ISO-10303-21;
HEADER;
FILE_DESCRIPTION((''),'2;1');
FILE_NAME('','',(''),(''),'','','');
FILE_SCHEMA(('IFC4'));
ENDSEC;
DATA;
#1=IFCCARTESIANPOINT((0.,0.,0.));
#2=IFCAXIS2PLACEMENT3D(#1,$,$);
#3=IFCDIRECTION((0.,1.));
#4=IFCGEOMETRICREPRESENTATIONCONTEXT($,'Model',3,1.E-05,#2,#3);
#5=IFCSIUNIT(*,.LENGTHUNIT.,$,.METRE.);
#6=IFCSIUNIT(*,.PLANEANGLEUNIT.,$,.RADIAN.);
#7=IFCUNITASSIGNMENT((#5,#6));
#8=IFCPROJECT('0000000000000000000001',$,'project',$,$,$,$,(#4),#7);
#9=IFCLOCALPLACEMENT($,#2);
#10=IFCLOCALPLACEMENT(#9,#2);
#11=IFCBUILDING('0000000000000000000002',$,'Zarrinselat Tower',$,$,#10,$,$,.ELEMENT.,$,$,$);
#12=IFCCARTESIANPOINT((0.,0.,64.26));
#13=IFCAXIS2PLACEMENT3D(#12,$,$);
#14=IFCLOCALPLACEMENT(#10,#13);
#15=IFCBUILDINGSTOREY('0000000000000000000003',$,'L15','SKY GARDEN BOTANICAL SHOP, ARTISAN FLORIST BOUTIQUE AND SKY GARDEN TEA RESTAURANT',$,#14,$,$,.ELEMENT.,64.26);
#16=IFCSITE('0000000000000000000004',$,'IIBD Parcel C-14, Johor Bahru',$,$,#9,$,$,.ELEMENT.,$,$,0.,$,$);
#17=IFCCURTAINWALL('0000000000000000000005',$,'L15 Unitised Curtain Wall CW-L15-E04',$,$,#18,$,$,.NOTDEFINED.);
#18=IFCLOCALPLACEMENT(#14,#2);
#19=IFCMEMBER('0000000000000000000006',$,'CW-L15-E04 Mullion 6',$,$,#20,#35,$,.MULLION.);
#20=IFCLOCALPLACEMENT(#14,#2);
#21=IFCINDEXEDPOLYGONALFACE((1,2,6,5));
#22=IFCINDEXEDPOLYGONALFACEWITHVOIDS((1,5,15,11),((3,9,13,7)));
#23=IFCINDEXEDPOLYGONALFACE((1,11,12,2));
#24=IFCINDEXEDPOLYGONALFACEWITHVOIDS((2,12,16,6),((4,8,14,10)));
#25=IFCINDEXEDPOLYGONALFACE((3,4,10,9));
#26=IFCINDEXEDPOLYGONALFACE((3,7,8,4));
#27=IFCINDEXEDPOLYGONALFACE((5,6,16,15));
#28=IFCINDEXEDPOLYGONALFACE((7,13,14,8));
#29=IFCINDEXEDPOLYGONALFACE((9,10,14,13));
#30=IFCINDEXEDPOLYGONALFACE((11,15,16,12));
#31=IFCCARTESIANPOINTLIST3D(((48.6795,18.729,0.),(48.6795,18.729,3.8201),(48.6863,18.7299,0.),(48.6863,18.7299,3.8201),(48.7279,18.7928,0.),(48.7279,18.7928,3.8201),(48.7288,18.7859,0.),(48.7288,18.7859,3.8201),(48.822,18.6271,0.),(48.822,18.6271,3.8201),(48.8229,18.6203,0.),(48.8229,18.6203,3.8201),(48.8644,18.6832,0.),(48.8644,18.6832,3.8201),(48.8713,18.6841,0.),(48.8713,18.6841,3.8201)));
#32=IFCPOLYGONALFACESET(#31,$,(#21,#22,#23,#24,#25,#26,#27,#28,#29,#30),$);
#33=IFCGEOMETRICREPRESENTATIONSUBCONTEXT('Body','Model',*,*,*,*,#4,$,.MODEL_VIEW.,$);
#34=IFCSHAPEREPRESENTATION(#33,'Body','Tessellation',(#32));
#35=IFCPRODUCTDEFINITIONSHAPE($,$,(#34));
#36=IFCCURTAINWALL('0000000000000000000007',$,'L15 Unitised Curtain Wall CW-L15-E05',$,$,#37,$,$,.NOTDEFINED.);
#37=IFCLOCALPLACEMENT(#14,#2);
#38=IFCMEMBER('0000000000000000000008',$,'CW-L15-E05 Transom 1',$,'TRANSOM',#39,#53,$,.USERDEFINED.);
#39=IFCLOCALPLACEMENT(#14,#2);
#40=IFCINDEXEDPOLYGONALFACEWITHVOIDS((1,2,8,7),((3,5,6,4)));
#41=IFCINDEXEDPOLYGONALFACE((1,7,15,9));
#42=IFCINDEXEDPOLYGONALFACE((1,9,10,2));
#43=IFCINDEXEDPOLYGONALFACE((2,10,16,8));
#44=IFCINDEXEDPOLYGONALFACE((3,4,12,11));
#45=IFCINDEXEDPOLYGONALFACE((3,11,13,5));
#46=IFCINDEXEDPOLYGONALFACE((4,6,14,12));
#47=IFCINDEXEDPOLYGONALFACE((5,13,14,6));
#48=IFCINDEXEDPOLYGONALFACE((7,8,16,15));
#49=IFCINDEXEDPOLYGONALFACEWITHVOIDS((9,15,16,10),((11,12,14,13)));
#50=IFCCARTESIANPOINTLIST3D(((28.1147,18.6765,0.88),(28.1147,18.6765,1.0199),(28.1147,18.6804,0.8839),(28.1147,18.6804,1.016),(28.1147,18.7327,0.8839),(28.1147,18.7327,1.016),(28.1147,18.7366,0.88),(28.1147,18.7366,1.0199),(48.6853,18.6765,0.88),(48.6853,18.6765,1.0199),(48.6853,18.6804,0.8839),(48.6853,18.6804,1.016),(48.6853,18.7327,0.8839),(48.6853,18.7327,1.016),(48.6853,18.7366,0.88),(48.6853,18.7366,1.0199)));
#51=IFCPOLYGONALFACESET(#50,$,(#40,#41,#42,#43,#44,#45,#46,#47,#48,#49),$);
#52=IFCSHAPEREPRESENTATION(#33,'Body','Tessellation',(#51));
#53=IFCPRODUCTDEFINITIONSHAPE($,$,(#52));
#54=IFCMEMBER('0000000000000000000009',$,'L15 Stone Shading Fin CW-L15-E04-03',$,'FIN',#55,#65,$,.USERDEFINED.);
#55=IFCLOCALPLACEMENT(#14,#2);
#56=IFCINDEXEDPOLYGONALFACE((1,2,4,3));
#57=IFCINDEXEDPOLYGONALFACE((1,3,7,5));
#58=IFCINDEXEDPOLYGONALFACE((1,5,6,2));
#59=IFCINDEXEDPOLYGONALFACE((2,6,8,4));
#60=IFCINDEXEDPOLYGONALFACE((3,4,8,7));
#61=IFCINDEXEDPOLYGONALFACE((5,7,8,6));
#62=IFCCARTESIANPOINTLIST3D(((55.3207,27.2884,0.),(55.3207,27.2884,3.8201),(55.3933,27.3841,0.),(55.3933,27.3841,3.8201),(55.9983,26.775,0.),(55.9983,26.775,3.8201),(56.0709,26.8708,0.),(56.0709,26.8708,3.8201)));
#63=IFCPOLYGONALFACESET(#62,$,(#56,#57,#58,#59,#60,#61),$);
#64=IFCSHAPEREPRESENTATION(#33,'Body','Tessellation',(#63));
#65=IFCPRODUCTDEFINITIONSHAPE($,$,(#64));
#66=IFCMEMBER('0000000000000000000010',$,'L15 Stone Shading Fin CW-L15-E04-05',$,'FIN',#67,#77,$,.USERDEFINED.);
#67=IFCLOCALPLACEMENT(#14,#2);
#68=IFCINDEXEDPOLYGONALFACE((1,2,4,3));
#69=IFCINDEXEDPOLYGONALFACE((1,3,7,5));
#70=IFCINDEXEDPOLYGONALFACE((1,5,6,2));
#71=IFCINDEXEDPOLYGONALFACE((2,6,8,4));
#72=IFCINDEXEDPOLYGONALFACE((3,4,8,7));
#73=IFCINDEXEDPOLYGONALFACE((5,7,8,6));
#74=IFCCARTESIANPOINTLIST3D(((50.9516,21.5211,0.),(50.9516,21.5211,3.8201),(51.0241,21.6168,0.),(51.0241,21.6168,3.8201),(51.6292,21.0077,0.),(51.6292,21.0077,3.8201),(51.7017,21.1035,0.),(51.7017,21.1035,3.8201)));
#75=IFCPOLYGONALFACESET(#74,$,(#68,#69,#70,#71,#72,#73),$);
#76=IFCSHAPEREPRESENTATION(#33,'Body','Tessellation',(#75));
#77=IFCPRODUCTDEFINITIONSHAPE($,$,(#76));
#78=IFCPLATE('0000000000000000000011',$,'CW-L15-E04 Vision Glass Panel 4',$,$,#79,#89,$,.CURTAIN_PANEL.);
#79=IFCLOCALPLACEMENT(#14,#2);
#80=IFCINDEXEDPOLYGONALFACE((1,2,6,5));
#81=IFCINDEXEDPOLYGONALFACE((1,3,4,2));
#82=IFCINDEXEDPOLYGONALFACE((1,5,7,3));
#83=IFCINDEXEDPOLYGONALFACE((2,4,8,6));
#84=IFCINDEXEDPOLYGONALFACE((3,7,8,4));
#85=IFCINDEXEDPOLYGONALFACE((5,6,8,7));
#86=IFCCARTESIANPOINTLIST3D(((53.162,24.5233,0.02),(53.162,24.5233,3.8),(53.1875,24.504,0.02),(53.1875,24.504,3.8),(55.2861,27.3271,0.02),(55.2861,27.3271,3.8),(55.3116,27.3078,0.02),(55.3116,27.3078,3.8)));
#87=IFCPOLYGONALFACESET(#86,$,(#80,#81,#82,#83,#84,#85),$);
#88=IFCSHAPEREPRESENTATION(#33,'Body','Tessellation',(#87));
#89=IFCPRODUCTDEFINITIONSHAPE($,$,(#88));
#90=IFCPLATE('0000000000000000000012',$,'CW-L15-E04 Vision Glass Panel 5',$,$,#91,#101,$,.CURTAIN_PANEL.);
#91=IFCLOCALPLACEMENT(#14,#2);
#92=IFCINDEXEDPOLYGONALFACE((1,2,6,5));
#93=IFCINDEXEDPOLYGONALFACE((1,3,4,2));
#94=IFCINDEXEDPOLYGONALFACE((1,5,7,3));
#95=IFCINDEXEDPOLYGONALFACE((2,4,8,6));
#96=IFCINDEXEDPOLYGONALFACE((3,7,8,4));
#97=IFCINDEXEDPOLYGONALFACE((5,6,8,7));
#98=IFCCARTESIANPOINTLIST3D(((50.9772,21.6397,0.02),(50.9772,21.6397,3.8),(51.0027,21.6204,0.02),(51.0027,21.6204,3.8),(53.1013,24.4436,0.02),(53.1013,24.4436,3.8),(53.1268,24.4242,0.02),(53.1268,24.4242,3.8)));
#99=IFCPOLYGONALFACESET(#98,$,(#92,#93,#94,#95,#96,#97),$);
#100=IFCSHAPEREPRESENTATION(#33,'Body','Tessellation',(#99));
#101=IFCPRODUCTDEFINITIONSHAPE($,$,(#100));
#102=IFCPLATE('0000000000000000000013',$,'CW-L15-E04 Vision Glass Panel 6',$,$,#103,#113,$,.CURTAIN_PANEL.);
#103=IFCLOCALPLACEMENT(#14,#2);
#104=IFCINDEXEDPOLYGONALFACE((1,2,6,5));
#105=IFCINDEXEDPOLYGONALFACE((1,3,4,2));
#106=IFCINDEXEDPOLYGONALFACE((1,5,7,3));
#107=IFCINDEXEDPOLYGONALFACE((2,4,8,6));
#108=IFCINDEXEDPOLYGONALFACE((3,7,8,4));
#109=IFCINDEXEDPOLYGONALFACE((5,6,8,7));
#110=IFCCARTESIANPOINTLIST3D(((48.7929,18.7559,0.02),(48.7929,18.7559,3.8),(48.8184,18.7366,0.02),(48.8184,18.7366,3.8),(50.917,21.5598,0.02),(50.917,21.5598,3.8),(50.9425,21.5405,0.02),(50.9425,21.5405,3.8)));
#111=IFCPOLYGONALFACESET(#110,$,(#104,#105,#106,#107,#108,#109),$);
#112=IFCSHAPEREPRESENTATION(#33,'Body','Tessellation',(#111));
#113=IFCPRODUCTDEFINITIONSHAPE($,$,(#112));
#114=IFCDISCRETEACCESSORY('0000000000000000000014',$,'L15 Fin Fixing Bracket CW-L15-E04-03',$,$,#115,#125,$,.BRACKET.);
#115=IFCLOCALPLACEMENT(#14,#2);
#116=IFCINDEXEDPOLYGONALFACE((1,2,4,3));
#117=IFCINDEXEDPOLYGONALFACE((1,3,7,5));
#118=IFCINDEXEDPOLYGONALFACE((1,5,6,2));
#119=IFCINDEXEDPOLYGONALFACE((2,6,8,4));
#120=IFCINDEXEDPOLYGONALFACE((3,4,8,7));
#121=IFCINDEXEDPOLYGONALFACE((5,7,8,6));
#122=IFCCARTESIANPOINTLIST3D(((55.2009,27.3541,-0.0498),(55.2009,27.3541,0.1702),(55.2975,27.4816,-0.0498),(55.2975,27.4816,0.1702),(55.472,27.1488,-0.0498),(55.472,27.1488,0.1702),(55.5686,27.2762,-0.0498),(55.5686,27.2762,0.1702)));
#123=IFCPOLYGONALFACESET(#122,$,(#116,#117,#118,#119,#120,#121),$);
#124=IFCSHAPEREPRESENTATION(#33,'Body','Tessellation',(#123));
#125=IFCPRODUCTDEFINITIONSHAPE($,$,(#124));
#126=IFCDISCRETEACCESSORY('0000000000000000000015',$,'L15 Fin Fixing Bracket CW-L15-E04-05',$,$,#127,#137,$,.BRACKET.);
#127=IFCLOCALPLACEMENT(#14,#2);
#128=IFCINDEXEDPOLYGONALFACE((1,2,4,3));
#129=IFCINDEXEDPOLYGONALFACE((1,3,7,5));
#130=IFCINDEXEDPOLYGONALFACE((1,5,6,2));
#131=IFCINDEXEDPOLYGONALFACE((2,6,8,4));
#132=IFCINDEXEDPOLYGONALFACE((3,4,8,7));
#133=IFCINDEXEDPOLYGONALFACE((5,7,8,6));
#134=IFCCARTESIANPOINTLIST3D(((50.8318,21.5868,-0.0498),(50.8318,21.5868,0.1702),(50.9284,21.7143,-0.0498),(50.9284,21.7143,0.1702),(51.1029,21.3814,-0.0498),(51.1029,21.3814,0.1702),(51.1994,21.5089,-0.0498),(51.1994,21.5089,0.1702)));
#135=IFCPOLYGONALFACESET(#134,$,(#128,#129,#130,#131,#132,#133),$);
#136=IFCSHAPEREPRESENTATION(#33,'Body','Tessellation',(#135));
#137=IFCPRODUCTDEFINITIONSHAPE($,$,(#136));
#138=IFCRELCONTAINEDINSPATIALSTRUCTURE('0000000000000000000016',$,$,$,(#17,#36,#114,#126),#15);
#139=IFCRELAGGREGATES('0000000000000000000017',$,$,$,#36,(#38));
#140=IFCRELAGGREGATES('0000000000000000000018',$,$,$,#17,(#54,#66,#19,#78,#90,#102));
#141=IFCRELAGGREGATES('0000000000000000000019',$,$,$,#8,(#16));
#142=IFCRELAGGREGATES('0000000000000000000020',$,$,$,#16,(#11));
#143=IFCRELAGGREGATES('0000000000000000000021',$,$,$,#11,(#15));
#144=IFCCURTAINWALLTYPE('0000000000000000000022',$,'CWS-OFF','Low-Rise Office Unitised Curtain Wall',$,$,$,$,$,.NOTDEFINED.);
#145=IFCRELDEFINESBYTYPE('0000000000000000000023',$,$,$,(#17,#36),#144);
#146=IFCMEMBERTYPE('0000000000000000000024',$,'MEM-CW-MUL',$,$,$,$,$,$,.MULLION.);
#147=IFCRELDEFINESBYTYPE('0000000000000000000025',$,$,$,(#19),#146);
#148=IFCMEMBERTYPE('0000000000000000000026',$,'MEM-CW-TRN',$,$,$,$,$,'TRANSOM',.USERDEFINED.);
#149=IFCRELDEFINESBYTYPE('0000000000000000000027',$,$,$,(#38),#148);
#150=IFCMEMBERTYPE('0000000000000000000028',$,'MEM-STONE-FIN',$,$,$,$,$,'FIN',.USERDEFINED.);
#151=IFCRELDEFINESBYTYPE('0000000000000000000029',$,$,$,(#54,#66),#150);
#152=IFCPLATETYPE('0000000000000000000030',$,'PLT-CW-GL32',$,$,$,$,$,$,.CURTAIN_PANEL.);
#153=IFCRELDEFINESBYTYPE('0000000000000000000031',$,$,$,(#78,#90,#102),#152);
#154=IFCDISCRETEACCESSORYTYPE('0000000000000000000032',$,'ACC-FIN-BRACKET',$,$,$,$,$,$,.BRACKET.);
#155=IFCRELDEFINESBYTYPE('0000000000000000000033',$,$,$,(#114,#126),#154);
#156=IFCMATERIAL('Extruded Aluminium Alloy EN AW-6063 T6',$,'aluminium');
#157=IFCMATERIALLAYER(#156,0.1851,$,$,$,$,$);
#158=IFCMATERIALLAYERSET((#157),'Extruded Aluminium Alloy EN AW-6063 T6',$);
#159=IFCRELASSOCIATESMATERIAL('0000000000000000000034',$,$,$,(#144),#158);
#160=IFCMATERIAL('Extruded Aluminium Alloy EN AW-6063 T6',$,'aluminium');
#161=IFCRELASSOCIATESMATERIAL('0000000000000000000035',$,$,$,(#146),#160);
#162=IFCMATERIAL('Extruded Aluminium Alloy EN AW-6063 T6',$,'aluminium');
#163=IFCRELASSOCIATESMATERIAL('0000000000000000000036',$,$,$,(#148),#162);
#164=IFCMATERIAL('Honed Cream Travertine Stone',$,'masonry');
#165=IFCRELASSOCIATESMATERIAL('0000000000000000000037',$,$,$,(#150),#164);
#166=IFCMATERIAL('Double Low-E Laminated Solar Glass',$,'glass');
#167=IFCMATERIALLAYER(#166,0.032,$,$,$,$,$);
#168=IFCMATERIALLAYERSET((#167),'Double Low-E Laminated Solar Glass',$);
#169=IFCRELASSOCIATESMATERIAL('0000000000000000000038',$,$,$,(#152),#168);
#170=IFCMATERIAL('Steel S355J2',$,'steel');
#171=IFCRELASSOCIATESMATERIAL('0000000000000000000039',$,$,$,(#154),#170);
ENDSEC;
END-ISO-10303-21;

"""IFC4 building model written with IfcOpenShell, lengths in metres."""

from ifc_helpers import new_model, si_unit, direction, frame, origin, origin_2d, place, context, subcontext, project, spatial, rectangle, hollow_rectangle, extrude, material, layer, layer_set, material_profile, profile_set, type_object, element, aggregate, save


model = new_model("IFC4")

# Units and contexts
model_context = context("Model", 3, precision=1e-05, world=origin(), true_north=direction((0.0, 1.0)))
body_context = subcontext(model_context, "Body", "Model", "MODEL_VIEW")
ifc_project = project(units=[si_unit("LENGTHUNIT", "METRE"), si_unit("PLANEANGLEUNIT", "RADIAN")], contexts=[model_context])

# Site, building, storey
site_placement = place(None, origin())
site = spatial("IfcSite", under=ifc_project, at=site_placement, Name="IIBD Parcel C-14, Johor Bahru", CompositionType="ELEMENT", RefElevation=0.0)
building_placement = place(site_placement, origin())
building = spatial("IfcBuilding", under=site, at=building_placement, Name="Zarrinselat Tower", CompositionType="ELEMENT")
storey_placement = place(building_placement, frame((0.0, 0.0, 64.26)))
storey = spatial("IfcBuildingStorey", under=building, at=storey_placement, Name="L15", Description="SKY GARDEN BOTANICAL SHOP, ARTISAN FLORIST BOUTIQUE AND SKY GARDEN TEA RESTAURANT", CompositionType="ELEMENT", Elevation=64.26)

# Curtain wall, member
ifc_material_1 = material(Name="Extruded Aluminium Alloy EN AW-6063 T6", Category="aluminium")
ifc_layer_1 = layer(ifc_material_1, 0.1851)
ifc_layer_set_1 = layer_set([ifc_layer_1], Name="Extruded Aluminium Alloy EN AW-6063 T6")
curtain_wall_type = type_object("IfcCurtainWallType", Name="CWS-OFF", Description="Low-Rise Office Unitised Curtain Wall", PredefinedType="NOTDEFINED", material=ifc_layer_set_1)
curtain_wall_1_placement = place(storey_placement, origin())
curtain_wall_1 = element("IfcCurtainWall", 1, at=curtain_wall_1_placement, inside=storey, type_object=curtain_wall_type, Name="L15 Unitised Curtain Wall CW-L15-E04", PredefinedType="NOTDEFINED")
ifc_material_2 = material(Name="Extruded Aluminium Alloy EN AW-6063 T6", Category="aluminium")
ifc_material_profile_1 = material_profile(ifc_material_2, hollow_rectangle(XDim=0.0801, YDim=0.1799, WallThickness=0.0049, at=origin_2d()), Name="RHS 180x80x5")
ifc_profile_set_1 = profile_set([ifc_material_profile_1], Name="Extruded Aluminium Alloy EN AW-6063 T6")
member_type_1 = type_object("IfcMemberType", Name="MEM-CW-MUL", PredefinedType="MULLION", material=ifc_profile_set_1)
member_1_placement = place(storey_placement, frame((48.7754, 18.7065, 0.0), z_axis=(0.0, 0.0, 1.0), x_axis=(-0.603859, -0.797091, 0.0)))
member_1 = element("IfcMember", 2, at=member_1_placement, type_object=member_type_1, Name="CW-L15-E04 Mullion 6", PredefinedType="MULLION", context=body_context, shape_type="SweptSolid", body=[
    extrude(hollow_rectangle(XDim=0.0801, YDim=0.1799, WallThickness=0.0049, at=origin_2d()), origin(), (0.0, 0.0, 1.0), 3.8201),
])

# Curtain wall, member
curtain_wall_2_placement = place(storey_placement, origin())
curtain_wall_2 = element("IfcCurtainWall", 3, at=curtain_wall_2_placement, inside=storey, type_object=curtain_wall_type, Name="L15 Unitised Curtain Wall CW-L15-E05", PredefinedType="NOTDEFINED")
ifc_material_3 = material(Name="Extruded Aluminium Alloy EN AW-6063 T6", Category="aluminium")
ifc_material_profile_2 = material_profile(ifc_material_3, hollow_rectangle(XDim=0.0601, YDim=0.1399, WallThickness=0.0039, at=origin_2d()), Name="RHS 140x60x4")
ifc_profile_set_2 = profile_set([ifc_material_profile_2], Name="Extruded Aluminium Alloy EN AW-6063 T6")
member_type_2 = type_object("IfcMemberType", Name="MEM-CW-TRN", ElementType="TRANSOM", PredefinedType="USERDEFINED", material=ifc_profile_set_2)
member_2_placement = place(storey_placement, frame((48.6853, 18.7065, 0.95), z_axis=(-1.0, 0.0, 0.0), x_axis=(0.0, -1.0, 0.0)))
member_2 = element("IfcMember", 4, at=member_2_placement, type_object=member_type_2, Name="CW-L15-E05 Transom 1", ObjectType="TRANSOM", PredefinedType="USERDEFINED", context=body_context, shape_type="SweptSolid", body=[
    extrude(hollow_rectangle(XDim=0.0601, YDim=0.1399, WallThickness=0.0039, at=origin_2d()), origin(), (0.0, 0.0, 1.0), 20.5706),
])
aggregate(curtain_wall_2, [member_2])

# Members
ifc_material_4 = material(Name="Honed Cream Travertine Stone", Category="masonry")
ifc_material_profile_3 = material_profile(ifc_material_4, rectangle(XDim=0.1201, YDim=0.8501, at=origin_2d()), Name="FIN 850x120")
ifc_profile_set_3 = profile_set([ifc_material_profile_3], Name="Honed Cream Travertine Stone")
member_type_3 = type_object("IfcMemberType", Name="MEM-STONE-FIN", ElementType="FIN", PredefinedType="USERDEFINED", material=ifc_profile_set_3)
member_3_placement = place(storey_placement, frame((55.6958, 27.0796, 0.0), z_axis=(0.0, 0.0, 1.0), x_axis=(-0.603859, -0.797091, 0.0)))
member_3 = element("IfcMember", 5, at=member_3_placement, type_object=member_type_3, Name="L15 Stone Shading Fin CW-L15-E04-03", ObjectType="FIN", PredefinedType="USERDEFINED", context=body_context, shape_type="SweptSolid", body=[
    extrude(rectangle(XDim=0.1201, YDim=0.8501, at=origin_2d()), origin(), (0.0, 0.0, 1.0), 3.8201),
])
member_4_placement = place(storey_placement, frame((51.3267, 21.3123, 0.0), z_axis=(0.0, 0.0, 1.0), x_axis=(-0.603859, -0.797091, 0.0)))
member_4 = element("IfcMember", 6, at=member_4_placement, type_object=member_type_3, Name="L15 Stone Shading Fin CW-L15-E04-05", ObjectType="FIN", PredefinedType="USERDEFINED", context=body_context, shape_type="SweptSolid", body=[
    extrude(rectangle(XDim=0.1201, YDim=0.8501, at=origin_2d()), origin(), (0.0, 0.0, 1.0), 3.8201),
])

# Plates
ifc_material_5 = material(Name="Double Low-E Laminated Solar Glass", Category="glass")
ifc_layer_2 = layer(ifc_material_5, 0.032)
ifc_layer_set_2 = layer_set([ifc_layer_2], Name="Double Low-E Laminated Solar Glass")
plate_type = type_object("IfcPlateType", Name="PLT-CW-GL32", PredefinedType="CURTAIN_PANEL", material=ifc_layer_set_2)
plate_1_placement = place(storey_placement, frame((54.2368, 25.9155, 0.02), z_axis=(0.0, 0.0, 1.0), x_axis=(-0.603859, -0.797091, 0.0)))
plate_1 = element("IfcPlate", 7, at=plate_1_placement, type_object=plate_type, Name="CW-L15-E04 Vision Glass Panel 4", PredefinedType="CURTAIN_PANEL", context=body_context, shape_type="SweptSolid", body=[
    extrude(rectangle(XDim=3.5176, YDim=0.032, at=origin_2d()), origin(), (0.0, 0.0, 1.0), 3.78),
])
plate_2_placement = place(storey_placement, frame((52.052, 23.032, 0.02), z_axis=(0.0, 0.0, 1.0), x_axis=(-0.603859, -0.797091, 0.0)))
plate_2 = element("IfcPlate", 8, at=plate_2_placement, type_object=plate_type, Name="CW-L15-E04 Vision Glass Panel 5", PredefinedType="CURTAIN_PANEL", context=body_context, shape_type="SweptSolid", body=[
    extrude(rectangle(XDim=3.5176, YDim=0.032, at=origin_2d()), origin(), (0.0, 0.0, 1.0), 3.78),
])
plate_3_placement = place(storey_placement, frame((49.8677, 20.1482, 0.02), z_axis=(0.0, 0.0, 1.0), x_axis=(-0.603859, -0.797091, 0.0)))
plate_3 = element("IfcPlate", 9, at=plate_3_placement, type_object=plate_type, Name="CW-L15-E04 Vision Glass Panel 6", PredefinedType="CURTAIN_PANEL", context=body_context, shape_type="SweptSolid", body=[
    extrude(rectangle(XDim=3.5176, YDim=0.032, at=origin_2d()), origin(), (0.0, 0.0, 1.0), 3.78),
])
aggregate(curtain_wall_1, [member_3, member_4, member_1, plate_1, plate_2, plate_3])

# Discrete accessories
ifc_material_6 = material(Name="Steel S355J2", Category="steel")
discrete_accessory_type = type_object("IfcDiscreteAccessoryType", Name="ACC-FIN-BRACKET", PredefinedType="BRACKET", material=ifc_material_6)
for number, where, z_axis, x_axis, name in (
    (10, (55.3848, 27.3152, -0.0498), (0.0, 0.0, 1.0), (0.797091, -0.603859, 0.0), "L15 Fin Fixing Bracket CW-L15-E04-03"),
    (11, (51.0156, 21.5479, -0.0498), (0.0, 0.0, 1.0), (0.797091, -0.603859, 0.0), "L15 Fin Fixing Bracket CW-L15-E04-05"),
):
    element("IfcDiscreteAccessory", number, at=place(storey_placement, frame(where, z_axis=z_axis, x_axis=x_axis)), inside=storey, type_object=discrete_accessory_type, Name=name, PredefinedType="BRACKET", context=body_context, shape_type="SweptSolid", body=[
        extrude(rectangle(XDim=0.3401, YDim=0.1599, at=origin_2d()), origin(), (0.0, 0.0, 1.0), 0.22),
    ])

save(model, "model.ifc")
